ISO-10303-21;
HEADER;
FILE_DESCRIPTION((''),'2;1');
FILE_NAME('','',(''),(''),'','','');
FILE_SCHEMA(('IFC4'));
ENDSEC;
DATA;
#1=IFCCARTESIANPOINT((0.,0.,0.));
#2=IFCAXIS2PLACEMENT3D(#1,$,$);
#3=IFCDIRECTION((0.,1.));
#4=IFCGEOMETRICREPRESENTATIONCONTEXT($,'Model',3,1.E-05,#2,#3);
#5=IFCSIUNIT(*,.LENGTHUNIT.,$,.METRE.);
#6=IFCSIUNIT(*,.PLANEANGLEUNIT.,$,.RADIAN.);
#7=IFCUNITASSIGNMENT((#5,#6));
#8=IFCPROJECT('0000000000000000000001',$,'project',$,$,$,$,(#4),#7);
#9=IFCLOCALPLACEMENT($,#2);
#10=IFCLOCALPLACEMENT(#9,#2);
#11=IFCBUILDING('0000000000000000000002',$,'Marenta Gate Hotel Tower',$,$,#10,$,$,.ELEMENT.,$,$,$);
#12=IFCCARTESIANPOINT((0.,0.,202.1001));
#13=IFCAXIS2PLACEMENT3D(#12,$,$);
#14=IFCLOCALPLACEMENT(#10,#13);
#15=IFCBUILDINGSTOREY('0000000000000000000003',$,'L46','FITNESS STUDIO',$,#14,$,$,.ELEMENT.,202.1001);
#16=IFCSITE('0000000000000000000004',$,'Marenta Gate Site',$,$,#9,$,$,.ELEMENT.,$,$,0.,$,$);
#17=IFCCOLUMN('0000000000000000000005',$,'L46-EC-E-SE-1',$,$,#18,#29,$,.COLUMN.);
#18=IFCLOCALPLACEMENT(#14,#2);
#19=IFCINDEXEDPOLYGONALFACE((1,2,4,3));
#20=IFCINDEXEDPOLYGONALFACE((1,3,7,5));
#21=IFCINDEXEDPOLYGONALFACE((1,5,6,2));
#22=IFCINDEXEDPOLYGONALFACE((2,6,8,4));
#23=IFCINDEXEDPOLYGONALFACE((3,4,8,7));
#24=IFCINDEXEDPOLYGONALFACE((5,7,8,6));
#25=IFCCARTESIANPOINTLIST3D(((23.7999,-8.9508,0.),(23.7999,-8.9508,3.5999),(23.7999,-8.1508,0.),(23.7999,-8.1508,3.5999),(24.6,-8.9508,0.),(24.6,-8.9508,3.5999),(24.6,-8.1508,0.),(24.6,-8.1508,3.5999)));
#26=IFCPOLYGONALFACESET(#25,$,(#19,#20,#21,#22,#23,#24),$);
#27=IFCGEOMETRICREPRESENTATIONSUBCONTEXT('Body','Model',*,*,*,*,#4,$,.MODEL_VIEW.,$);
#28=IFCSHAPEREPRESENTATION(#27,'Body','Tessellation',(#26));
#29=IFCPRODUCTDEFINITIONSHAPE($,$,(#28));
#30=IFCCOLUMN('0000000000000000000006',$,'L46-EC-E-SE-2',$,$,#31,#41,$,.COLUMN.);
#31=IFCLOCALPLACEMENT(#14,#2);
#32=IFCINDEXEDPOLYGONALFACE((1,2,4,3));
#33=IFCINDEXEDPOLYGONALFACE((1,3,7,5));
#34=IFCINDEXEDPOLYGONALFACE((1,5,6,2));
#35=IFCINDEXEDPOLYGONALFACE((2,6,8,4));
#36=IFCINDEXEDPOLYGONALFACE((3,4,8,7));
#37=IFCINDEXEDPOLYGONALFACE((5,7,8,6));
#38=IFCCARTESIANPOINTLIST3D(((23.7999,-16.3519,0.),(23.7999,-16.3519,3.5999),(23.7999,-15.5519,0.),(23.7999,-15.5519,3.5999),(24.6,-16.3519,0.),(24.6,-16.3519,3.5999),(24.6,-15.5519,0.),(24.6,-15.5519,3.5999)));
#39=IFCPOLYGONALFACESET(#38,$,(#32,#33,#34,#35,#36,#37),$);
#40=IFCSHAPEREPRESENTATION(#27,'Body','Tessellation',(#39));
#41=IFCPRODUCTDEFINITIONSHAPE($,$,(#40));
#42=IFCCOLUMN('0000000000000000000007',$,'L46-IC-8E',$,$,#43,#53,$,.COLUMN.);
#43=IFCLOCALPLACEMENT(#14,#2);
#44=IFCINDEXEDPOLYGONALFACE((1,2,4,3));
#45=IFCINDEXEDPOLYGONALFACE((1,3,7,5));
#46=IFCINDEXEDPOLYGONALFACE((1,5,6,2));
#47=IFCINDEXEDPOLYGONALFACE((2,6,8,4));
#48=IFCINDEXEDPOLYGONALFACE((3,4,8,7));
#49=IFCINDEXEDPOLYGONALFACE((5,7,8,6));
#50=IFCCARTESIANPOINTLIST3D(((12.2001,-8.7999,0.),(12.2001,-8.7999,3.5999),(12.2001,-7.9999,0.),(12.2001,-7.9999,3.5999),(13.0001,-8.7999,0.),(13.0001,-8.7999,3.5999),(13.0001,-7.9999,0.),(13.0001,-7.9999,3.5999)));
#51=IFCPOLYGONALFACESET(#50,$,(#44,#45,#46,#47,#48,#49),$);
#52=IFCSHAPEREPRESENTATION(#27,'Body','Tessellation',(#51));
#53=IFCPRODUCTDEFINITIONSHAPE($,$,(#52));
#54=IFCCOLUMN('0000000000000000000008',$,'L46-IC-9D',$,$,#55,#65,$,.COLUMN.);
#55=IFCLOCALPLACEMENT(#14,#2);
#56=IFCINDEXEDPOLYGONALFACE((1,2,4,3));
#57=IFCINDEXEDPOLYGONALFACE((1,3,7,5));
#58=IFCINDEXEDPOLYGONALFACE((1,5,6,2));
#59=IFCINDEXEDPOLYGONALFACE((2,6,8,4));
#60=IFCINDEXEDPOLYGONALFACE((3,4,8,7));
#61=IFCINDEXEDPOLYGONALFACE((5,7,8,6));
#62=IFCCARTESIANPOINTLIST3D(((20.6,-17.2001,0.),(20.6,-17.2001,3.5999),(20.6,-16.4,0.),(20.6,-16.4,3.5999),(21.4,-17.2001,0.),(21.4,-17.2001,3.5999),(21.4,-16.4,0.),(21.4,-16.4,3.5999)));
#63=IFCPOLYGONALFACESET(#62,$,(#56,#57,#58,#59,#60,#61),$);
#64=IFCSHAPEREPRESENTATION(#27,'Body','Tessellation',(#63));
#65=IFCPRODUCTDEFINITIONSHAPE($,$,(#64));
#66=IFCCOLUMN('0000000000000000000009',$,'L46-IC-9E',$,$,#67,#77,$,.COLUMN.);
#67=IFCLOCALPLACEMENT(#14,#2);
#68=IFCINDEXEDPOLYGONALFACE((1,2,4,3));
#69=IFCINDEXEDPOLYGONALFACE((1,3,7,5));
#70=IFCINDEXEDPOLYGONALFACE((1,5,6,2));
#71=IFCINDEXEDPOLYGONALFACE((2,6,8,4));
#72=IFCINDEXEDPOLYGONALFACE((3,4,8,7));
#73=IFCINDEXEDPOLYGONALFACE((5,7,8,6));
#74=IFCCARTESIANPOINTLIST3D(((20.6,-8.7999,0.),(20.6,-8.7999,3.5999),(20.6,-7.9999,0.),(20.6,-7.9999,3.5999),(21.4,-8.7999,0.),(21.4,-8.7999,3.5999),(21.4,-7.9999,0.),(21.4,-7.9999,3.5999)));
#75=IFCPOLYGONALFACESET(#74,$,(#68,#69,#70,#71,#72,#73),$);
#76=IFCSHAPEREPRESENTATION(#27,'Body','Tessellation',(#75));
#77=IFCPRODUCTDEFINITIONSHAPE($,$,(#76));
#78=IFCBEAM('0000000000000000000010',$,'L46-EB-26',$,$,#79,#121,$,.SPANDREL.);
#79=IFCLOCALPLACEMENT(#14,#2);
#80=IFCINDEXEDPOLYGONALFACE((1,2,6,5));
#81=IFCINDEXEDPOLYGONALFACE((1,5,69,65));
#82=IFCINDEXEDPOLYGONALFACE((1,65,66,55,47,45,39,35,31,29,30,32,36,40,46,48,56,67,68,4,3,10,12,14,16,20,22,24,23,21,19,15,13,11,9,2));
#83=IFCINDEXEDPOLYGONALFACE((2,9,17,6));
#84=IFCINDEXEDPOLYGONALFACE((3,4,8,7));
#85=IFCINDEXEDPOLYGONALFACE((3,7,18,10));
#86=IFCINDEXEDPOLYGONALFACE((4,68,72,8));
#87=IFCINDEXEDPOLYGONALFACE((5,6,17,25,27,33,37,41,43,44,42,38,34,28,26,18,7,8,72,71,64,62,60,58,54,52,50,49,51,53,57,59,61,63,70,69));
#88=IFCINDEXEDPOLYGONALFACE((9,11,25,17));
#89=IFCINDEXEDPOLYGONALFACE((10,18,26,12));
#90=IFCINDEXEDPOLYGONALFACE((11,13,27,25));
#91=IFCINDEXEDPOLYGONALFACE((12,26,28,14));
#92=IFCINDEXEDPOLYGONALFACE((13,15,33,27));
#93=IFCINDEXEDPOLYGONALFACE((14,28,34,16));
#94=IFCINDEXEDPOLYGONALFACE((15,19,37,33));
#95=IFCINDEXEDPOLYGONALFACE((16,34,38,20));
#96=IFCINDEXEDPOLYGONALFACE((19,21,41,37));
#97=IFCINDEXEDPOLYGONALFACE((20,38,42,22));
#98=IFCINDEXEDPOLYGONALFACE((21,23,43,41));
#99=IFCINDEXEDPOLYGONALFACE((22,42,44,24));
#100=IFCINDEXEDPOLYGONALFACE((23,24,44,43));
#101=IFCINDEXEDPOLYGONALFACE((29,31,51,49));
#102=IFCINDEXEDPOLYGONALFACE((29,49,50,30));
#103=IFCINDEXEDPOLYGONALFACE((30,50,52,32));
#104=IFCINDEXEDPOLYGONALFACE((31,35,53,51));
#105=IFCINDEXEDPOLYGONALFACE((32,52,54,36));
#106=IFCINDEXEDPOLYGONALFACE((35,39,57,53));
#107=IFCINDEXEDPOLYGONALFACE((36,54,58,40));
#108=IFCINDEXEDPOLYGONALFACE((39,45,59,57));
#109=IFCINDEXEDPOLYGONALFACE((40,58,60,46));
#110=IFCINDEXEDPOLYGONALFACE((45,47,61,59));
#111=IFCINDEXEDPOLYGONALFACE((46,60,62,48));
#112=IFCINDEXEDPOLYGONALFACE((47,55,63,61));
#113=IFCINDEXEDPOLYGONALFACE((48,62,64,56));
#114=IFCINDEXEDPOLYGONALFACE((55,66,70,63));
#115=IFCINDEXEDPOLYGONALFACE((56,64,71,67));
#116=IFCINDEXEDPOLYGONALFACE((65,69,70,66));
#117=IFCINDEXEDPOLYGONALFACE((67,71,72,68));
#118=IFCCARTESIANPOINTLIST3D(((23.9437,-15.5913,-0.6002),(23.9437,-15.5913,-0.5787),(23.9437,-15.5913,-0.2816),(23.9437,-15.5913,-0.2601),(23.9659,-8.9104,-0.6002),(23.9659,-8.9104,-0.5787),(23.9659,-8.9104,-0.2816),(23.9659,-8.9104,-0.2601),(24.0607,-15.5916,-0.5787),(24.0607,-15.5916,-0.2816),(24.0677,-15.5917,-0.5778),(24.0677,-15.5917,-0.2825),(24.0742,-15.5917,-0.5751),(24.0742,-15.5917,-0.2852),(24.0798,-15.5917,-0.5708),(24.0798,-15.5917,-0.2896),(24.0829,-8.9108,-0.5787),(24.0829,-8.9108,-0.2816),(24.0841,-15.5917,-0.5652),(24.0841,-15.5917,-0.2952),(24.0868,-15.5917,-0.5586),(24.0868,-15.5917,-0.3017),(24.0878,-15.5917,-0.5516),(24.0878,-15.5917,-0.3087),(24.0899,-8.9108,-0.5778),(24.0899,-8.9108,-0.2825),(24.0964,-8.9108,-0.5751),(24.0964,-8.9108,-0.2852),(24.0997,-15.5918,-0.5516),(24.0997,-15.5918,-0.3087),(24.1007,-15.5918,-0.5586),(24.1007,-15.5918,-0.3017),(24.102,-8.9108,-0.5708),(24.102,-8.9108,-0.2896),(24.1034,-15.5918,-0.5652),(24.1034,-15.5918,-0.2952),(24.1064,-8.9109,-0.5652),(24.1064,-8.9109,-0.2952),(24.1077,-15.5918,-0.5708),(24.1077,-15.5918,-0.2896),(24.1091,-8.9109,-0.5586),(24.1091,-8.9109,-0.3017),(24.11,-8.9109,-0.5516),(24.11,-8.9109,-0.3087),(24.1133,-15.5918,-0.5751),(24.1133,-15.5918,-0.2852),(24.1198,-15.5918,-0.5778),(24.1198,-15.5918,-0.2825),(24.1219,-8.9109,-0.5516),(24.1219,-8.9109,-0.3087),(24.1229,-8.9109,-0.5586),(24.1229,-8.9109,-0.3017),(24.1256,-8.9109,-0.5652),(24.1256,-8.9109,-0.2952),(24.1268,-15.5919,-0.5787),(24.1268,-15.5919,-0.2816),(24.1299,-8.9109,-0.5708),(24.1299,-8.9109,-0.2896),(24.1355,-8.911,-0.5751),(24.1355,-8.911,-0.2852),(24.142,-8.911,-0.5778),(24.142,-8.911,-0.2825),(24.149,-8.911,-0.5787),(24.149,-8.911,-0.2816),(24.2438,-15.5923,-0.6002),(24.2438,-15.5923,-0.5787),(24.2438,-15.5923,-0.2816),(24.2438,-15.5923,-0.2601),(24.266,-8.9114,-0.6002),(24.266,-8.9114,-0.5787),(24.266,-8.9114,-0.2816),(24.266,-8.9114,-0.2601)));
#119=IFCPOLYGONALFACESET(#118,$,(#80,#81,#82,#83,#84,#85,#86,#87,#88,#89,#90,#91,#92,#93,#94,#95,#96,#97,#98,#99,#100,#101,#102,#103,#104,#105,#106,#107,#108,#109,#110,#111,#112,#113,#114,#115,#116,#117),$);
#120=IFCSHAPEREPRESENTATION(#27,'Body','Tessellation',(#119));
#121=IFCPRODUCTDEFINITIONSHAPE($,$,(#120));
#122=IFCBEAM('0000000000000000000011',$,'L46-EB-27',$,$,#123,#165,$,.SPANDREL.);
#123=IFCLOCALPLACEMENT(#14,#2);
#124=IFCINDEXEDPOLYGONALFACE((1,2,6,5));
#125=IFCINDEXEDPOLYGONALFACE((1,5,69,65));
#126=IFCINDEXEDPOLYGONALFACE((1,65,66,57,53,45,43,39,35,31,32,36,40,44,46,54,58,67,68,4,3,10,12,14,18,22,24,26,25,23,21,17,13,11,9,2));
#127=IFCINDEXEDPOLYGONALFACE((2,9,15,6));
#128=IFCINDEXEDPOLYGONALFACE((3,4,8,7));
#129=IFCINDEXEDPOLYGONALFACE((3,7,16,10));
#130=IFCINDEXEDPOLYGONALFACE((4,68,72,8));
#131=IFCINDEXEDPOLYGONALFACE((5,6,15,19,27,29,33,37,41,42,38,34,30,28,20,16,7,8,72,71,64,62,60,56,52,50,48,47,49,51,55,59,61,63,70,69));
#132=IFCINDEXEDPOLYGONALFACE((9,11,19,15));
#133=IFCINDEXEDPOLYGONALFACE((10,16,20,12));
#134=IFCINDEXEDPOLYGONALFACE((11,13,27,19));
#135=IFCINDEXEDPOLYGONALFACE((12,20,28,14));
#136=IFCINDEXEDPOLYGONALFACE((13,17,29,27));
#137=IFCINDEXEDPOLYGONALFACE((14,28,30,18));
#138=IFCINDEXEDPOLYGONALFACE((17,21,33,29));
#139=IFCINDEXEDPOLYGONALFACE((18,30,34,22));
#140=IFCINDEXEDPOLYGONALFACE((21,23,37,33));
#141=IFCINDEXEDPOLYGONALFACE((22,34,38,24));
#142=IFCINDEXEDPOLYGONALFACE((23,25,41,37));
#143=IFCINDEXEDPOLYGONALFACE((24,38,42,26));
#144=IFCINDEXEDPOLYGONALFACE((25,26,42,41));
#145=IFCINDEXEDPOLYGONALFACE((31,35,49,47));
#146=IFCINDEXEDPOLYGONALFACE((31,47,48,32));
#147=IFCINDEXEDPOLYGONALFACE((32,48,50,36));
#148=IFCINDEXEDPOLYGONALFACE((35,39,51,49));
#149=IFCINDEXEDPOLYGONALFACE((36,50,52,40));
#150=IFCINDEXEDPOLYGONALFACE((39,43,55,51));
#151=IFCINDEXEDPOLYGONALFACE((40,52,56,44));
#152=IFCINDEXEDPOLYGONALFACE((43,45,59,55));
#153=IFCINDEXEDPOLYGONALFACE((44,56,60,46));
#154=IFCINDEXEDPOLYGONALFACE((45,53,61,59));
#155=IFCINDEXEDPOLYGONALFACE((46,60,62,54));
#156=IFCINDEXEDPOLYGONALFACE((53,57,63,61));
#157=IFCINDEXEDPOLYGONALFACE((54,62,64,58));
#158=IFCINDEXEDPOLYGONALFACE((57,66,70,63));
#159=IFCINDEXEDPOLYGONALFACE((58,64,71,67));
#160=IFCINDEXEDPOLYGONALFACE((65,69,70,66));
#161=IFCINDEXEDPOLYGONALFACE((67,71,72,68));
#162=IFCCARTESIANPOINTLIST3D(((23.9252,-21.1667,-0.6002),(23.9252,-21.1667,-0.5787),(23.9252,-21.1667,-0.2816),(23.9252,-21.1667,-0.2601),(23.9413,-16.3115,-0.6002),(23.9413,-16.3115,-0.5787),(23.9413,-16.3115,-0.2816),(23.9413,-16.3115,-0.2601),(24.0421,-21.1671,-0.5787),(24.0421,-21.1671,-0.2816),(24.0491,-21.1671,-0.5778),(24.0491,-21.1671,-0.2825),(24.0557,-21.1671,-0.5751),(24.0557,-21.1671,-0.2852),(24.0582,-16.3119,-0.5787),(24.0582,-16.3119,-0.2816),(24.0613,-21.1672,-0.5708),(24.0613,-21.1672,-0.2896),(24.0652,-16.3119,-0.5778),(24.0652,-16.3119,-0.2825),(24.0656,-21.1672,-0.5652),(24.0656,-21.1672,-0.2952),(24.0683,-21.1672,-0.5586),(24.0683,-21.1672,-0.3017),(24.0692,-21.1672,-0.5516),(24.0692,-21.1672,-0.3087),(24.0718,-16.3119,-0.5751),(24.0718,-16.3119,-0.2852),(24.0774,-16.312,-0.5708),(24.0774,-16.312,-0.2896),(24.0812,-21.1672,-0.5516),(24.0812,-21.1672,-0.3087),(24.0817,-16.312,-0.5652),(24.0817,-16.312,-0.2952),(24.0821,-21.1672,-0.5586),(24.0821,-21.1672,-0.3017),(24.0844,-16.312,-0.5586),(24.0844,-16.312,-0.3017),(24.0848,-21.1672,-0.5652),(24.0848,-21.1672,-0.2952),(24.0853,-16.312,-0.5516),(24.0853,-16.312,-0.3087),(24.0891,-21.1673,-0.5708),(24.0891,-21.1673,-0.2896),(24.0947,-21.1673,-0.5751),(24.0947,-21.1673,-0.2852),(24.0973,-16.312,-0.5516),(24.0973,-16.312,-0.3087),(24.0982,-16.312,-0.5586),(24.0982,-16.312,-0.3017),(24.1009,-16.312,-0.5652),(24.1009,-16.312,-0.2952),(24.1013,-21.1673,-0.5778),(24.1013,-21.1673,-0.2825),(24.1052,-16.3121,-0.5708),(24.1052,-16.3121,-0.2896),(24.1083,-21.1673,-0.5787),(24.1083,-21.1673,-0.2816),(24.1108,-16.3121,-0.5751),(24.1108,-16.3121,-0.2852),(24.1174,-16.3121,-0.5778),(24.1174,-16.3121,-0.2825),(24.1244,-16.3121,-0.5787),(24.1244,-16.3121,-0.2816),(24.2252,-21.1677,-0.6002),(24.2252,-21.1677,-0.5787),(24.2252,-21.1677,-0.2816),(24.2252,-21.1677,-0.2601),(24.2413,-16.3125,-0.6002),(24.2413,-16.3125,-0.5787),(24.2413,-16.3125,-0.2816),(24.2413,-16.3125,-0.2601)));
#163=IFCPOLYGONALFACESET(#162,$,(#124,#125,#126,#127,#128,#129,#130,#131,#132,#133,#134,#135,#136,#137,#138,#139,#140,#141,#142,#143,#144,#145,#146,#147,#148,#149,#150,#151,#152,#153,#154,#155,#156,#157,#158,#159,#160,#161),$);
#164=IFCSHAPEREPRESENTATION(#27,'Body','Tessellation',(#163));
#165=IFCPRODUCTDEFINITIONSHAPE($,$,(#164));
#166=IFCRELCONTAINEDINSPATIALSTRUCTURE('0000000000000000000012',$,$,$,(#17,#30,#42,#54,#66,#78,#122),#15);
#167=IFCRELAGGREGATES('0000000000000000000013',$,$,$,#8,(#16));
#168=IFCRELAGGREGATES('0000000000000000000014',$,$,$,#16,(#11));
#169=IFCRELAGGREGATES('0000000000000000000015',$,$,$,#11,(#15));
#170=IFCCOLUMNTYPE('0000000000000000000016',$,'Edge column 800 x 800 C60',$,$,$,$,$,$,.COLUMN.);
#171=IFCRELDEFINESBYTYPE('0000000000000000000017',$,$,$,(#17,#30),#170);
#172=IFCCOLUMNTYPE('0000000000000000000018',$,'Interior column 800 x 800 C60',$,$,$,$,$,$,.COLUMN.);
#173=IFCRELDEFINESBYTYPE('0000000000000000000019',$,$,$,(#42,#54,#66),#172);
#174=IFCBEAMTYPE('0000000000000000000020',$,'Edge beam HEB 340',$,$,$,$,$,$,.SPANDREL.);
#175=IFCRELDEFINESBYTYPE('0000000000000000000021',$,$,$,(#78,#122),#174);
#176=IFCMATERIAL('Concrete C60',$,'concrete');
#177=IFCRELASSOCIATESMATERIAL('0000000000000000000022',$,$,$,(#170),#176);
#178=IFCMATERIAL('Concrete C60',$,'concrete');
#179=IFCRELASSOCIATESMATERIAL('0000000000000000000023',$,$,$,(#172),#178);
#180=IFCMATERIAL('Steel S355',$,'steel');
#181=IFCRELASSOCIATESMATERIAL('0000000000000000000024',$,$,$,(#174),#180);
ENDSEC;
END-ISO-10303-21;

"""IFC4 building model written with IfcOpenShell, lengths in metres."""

from ifc_helpers import new_model, si_unit, direction, frame, origin, origin_2d, place, context, subcontext, project, spatial, rectangle, i_section, extrude, material, material_profile, profile_set, type_object, element, save


model = new_model("IFC4")

# Units and contexts
model_context = context("Model", 3, precision=1e-05, world=origin(), true_north=direction((0.0, 1.0)))
body_context = subcontext(model_context, "Body", "Model", "MODEL_VIEW")
ifc_project = project(units=[si_unit("LENGTHUNIT", "METRE"), si_unit("PLANEANGLEUNIT", "RADIAN")], contexts=[model_context])

# Site, building, storey
site_placement = place(None, origin())
site = spatial("IfcSite", under=ifc_project, at=site_placement, Name="Marenta Gate Site", CompositionType="ELEMENT", RefElevation=0.0)
building_placement = place(site_placement, origin())
building = spatial("IfcBuilding", under=site, at=building_placement, Name="Marenta Gate Hotel Tower", CompositionType="ELEMENT")
storey_placement = place(building_placement, frame((0.0, 0.0, 202.1001)))
storey = spatial("IfcBuildingStorey", under=building, at=storey_placement, Name="L46", Description="FITNESS STUDIO", CompositionType="ELEMENT", Elevation=202.1001)

# Columns
ifc_material_1 = material(Name="Concrete C60", Category="concrete")
ifc_material_profile_1 = material_profile(ifc_material_1, rectangle(XDim=0.8, YDim=0.8, at=origin_2d()), Name="800 x 800")
ifc_profile_set_1 = profile_set([ifc_material_profile_1], Name="Concrete C60")
column_type_1 = type_object("IfcColumnType", Name="Edge column 800 x 800 C60", PredefinedType="COLUMN", material=ifc_profile_set_1)
for number, where, z_axis, x_axis, name in (
    (1, (24.2, -8.5508, 0.0), (0.0, 0.0, 1.0), (1.0, 0.0, 0.0), "L46-EC-E-SE-1"),
    (2, (24.2, -15.9519, 0.0), (0.0, 0.0, 1.0), (1.0, 0.0, 0.0), "L46-EC-E-SE-2"),
):
    element("IfcColumn", number, at=place(storey_placement, frame(where, z_axis=z_axis, x_axis=x_axis)), inside=storey, type_object=column_type_1, Name=name, PredefinedType="COLUMN", context=body_context, shape_type="SweptSolid", body=[
        extrude(rectangle(XDim=0.8, YDim=0.8, at=origin_2d()), origin(), (0.0, 0.0, 1.0), 3.5999),
    ])
ifc_material_2 = material(Name="Concrete C60", Category="concrete")
ifc_material_profile_2 = material_profile(ifc_material_2, rectangle(XDim=0.8, YDim=0.8, at=origin_2d()), Name="800 x 800")
ifc_profile_set_2 = profile_set([ifc_material_profile_2], Name="Concrete C60")
column_type_2 = type_object("IfcColumnType", Name="Interior column 800 x 800 C60", PredefinedType="COLUMN", material=ifc_profile_set_2)
for number, where, z_axis, x_axis, name in (
    (3, (12.6001, -8.3999, 0.0), (0.0, 0.0, 1.0), (1.0, 0.0, 0.0), "L46-IC-8E"),
    (4, (21.0, -16.8, 0.0), (0.0, 0.0, 1.0), (1.0, 0.0, 0.0), "L46-IC-9D"),
    (5, (21.0, -8.3999, 0.0), (0.0, 0.0, 1.0), (1.0, 0.0, 0.0), "L46-IC-9E"),
):
    element("IfcColumn", number, at=place(storey_placement, frame(where, z_axis=z_axis, x_axis=x_axis)), inside=storey, type_object=column_type_2, Name=name, PredefinedType="COLUMN", context=body_context, shape_type="SweptSolid", body=[
        extrude(rectangle(XDim=0.8, YDim=0.8, at=origin_2d()), origin(), (0.0, 0.0, 1.0), 3.5999),
    ])

# Beams
ifc_material_3 = material(Name="Steel S355", Category="steel")
ifc_material_profile_3 = material_profile(ifc_material_3, i_section(OverallWidth=0.3, OverallDepth=0.3401, WebThickness=0.012, FlangeThickness=0.0215, FilletRadius=0.0271, at=origin_2d()), Name="HEB 340")
ifc_profile_set_3 = profile_set([ifc_material_profile_3], Name="Steel S355")
beam_type_1 = type_object("IfcBeamType", Name="Edge beam HEB 340", PredefinedType="SPANDREL", material=ifc_profile_set_3)
beam_1_placement = place(storey_placement, frame((24.116, -8.9109, -0.4302), z_axis=(-0.003325, -0.999994, 0.0), x_axis=(0.999994, -0.003325, 0.0)))
element("IfcBeam", 6, at=beam_1_placement, inside=storey, type_object=beam_type_1, Name="L46-EB-26", PredefinedType="SPANDREL", context=body_context, shape_type="SweptSolid", body=[
    extrude(i_section(OverallWidth=0.3, OverallDepth=0.3401, WebThickness=0.012, FlangeThickness=0.0215, FilletRadius=0.0271, at=origin_2d()), origin(), (0.0, 0.0, 1.0), 6.6809),
])
beam_2_placement = place(storey_placement, frame((24.0913, -16.312, -0.4302), z_axis=(-0.003319, -0.999994, 0.0), x_axis=(0.999994, -0.003319, 0.0)))
element("IfcBeam", 7, at=beam_2_placement, inside=storey, type_object=beam_type_1, Name="L46-EB-27", PredefinedType="SPANDREL", context=body_context, shape_type="SweptSolid", body=[
    extrude(i_section(OverallWidth=0.3, OverallDepth=0.3401, WebThickness=0.012, FlangeThickness=0.0215, FilletRadius=0.0271, at=origin_2d()), origin(), (0.0, 0.0, 1.0), 4.8552),
])

save(model, "model.ifc")
